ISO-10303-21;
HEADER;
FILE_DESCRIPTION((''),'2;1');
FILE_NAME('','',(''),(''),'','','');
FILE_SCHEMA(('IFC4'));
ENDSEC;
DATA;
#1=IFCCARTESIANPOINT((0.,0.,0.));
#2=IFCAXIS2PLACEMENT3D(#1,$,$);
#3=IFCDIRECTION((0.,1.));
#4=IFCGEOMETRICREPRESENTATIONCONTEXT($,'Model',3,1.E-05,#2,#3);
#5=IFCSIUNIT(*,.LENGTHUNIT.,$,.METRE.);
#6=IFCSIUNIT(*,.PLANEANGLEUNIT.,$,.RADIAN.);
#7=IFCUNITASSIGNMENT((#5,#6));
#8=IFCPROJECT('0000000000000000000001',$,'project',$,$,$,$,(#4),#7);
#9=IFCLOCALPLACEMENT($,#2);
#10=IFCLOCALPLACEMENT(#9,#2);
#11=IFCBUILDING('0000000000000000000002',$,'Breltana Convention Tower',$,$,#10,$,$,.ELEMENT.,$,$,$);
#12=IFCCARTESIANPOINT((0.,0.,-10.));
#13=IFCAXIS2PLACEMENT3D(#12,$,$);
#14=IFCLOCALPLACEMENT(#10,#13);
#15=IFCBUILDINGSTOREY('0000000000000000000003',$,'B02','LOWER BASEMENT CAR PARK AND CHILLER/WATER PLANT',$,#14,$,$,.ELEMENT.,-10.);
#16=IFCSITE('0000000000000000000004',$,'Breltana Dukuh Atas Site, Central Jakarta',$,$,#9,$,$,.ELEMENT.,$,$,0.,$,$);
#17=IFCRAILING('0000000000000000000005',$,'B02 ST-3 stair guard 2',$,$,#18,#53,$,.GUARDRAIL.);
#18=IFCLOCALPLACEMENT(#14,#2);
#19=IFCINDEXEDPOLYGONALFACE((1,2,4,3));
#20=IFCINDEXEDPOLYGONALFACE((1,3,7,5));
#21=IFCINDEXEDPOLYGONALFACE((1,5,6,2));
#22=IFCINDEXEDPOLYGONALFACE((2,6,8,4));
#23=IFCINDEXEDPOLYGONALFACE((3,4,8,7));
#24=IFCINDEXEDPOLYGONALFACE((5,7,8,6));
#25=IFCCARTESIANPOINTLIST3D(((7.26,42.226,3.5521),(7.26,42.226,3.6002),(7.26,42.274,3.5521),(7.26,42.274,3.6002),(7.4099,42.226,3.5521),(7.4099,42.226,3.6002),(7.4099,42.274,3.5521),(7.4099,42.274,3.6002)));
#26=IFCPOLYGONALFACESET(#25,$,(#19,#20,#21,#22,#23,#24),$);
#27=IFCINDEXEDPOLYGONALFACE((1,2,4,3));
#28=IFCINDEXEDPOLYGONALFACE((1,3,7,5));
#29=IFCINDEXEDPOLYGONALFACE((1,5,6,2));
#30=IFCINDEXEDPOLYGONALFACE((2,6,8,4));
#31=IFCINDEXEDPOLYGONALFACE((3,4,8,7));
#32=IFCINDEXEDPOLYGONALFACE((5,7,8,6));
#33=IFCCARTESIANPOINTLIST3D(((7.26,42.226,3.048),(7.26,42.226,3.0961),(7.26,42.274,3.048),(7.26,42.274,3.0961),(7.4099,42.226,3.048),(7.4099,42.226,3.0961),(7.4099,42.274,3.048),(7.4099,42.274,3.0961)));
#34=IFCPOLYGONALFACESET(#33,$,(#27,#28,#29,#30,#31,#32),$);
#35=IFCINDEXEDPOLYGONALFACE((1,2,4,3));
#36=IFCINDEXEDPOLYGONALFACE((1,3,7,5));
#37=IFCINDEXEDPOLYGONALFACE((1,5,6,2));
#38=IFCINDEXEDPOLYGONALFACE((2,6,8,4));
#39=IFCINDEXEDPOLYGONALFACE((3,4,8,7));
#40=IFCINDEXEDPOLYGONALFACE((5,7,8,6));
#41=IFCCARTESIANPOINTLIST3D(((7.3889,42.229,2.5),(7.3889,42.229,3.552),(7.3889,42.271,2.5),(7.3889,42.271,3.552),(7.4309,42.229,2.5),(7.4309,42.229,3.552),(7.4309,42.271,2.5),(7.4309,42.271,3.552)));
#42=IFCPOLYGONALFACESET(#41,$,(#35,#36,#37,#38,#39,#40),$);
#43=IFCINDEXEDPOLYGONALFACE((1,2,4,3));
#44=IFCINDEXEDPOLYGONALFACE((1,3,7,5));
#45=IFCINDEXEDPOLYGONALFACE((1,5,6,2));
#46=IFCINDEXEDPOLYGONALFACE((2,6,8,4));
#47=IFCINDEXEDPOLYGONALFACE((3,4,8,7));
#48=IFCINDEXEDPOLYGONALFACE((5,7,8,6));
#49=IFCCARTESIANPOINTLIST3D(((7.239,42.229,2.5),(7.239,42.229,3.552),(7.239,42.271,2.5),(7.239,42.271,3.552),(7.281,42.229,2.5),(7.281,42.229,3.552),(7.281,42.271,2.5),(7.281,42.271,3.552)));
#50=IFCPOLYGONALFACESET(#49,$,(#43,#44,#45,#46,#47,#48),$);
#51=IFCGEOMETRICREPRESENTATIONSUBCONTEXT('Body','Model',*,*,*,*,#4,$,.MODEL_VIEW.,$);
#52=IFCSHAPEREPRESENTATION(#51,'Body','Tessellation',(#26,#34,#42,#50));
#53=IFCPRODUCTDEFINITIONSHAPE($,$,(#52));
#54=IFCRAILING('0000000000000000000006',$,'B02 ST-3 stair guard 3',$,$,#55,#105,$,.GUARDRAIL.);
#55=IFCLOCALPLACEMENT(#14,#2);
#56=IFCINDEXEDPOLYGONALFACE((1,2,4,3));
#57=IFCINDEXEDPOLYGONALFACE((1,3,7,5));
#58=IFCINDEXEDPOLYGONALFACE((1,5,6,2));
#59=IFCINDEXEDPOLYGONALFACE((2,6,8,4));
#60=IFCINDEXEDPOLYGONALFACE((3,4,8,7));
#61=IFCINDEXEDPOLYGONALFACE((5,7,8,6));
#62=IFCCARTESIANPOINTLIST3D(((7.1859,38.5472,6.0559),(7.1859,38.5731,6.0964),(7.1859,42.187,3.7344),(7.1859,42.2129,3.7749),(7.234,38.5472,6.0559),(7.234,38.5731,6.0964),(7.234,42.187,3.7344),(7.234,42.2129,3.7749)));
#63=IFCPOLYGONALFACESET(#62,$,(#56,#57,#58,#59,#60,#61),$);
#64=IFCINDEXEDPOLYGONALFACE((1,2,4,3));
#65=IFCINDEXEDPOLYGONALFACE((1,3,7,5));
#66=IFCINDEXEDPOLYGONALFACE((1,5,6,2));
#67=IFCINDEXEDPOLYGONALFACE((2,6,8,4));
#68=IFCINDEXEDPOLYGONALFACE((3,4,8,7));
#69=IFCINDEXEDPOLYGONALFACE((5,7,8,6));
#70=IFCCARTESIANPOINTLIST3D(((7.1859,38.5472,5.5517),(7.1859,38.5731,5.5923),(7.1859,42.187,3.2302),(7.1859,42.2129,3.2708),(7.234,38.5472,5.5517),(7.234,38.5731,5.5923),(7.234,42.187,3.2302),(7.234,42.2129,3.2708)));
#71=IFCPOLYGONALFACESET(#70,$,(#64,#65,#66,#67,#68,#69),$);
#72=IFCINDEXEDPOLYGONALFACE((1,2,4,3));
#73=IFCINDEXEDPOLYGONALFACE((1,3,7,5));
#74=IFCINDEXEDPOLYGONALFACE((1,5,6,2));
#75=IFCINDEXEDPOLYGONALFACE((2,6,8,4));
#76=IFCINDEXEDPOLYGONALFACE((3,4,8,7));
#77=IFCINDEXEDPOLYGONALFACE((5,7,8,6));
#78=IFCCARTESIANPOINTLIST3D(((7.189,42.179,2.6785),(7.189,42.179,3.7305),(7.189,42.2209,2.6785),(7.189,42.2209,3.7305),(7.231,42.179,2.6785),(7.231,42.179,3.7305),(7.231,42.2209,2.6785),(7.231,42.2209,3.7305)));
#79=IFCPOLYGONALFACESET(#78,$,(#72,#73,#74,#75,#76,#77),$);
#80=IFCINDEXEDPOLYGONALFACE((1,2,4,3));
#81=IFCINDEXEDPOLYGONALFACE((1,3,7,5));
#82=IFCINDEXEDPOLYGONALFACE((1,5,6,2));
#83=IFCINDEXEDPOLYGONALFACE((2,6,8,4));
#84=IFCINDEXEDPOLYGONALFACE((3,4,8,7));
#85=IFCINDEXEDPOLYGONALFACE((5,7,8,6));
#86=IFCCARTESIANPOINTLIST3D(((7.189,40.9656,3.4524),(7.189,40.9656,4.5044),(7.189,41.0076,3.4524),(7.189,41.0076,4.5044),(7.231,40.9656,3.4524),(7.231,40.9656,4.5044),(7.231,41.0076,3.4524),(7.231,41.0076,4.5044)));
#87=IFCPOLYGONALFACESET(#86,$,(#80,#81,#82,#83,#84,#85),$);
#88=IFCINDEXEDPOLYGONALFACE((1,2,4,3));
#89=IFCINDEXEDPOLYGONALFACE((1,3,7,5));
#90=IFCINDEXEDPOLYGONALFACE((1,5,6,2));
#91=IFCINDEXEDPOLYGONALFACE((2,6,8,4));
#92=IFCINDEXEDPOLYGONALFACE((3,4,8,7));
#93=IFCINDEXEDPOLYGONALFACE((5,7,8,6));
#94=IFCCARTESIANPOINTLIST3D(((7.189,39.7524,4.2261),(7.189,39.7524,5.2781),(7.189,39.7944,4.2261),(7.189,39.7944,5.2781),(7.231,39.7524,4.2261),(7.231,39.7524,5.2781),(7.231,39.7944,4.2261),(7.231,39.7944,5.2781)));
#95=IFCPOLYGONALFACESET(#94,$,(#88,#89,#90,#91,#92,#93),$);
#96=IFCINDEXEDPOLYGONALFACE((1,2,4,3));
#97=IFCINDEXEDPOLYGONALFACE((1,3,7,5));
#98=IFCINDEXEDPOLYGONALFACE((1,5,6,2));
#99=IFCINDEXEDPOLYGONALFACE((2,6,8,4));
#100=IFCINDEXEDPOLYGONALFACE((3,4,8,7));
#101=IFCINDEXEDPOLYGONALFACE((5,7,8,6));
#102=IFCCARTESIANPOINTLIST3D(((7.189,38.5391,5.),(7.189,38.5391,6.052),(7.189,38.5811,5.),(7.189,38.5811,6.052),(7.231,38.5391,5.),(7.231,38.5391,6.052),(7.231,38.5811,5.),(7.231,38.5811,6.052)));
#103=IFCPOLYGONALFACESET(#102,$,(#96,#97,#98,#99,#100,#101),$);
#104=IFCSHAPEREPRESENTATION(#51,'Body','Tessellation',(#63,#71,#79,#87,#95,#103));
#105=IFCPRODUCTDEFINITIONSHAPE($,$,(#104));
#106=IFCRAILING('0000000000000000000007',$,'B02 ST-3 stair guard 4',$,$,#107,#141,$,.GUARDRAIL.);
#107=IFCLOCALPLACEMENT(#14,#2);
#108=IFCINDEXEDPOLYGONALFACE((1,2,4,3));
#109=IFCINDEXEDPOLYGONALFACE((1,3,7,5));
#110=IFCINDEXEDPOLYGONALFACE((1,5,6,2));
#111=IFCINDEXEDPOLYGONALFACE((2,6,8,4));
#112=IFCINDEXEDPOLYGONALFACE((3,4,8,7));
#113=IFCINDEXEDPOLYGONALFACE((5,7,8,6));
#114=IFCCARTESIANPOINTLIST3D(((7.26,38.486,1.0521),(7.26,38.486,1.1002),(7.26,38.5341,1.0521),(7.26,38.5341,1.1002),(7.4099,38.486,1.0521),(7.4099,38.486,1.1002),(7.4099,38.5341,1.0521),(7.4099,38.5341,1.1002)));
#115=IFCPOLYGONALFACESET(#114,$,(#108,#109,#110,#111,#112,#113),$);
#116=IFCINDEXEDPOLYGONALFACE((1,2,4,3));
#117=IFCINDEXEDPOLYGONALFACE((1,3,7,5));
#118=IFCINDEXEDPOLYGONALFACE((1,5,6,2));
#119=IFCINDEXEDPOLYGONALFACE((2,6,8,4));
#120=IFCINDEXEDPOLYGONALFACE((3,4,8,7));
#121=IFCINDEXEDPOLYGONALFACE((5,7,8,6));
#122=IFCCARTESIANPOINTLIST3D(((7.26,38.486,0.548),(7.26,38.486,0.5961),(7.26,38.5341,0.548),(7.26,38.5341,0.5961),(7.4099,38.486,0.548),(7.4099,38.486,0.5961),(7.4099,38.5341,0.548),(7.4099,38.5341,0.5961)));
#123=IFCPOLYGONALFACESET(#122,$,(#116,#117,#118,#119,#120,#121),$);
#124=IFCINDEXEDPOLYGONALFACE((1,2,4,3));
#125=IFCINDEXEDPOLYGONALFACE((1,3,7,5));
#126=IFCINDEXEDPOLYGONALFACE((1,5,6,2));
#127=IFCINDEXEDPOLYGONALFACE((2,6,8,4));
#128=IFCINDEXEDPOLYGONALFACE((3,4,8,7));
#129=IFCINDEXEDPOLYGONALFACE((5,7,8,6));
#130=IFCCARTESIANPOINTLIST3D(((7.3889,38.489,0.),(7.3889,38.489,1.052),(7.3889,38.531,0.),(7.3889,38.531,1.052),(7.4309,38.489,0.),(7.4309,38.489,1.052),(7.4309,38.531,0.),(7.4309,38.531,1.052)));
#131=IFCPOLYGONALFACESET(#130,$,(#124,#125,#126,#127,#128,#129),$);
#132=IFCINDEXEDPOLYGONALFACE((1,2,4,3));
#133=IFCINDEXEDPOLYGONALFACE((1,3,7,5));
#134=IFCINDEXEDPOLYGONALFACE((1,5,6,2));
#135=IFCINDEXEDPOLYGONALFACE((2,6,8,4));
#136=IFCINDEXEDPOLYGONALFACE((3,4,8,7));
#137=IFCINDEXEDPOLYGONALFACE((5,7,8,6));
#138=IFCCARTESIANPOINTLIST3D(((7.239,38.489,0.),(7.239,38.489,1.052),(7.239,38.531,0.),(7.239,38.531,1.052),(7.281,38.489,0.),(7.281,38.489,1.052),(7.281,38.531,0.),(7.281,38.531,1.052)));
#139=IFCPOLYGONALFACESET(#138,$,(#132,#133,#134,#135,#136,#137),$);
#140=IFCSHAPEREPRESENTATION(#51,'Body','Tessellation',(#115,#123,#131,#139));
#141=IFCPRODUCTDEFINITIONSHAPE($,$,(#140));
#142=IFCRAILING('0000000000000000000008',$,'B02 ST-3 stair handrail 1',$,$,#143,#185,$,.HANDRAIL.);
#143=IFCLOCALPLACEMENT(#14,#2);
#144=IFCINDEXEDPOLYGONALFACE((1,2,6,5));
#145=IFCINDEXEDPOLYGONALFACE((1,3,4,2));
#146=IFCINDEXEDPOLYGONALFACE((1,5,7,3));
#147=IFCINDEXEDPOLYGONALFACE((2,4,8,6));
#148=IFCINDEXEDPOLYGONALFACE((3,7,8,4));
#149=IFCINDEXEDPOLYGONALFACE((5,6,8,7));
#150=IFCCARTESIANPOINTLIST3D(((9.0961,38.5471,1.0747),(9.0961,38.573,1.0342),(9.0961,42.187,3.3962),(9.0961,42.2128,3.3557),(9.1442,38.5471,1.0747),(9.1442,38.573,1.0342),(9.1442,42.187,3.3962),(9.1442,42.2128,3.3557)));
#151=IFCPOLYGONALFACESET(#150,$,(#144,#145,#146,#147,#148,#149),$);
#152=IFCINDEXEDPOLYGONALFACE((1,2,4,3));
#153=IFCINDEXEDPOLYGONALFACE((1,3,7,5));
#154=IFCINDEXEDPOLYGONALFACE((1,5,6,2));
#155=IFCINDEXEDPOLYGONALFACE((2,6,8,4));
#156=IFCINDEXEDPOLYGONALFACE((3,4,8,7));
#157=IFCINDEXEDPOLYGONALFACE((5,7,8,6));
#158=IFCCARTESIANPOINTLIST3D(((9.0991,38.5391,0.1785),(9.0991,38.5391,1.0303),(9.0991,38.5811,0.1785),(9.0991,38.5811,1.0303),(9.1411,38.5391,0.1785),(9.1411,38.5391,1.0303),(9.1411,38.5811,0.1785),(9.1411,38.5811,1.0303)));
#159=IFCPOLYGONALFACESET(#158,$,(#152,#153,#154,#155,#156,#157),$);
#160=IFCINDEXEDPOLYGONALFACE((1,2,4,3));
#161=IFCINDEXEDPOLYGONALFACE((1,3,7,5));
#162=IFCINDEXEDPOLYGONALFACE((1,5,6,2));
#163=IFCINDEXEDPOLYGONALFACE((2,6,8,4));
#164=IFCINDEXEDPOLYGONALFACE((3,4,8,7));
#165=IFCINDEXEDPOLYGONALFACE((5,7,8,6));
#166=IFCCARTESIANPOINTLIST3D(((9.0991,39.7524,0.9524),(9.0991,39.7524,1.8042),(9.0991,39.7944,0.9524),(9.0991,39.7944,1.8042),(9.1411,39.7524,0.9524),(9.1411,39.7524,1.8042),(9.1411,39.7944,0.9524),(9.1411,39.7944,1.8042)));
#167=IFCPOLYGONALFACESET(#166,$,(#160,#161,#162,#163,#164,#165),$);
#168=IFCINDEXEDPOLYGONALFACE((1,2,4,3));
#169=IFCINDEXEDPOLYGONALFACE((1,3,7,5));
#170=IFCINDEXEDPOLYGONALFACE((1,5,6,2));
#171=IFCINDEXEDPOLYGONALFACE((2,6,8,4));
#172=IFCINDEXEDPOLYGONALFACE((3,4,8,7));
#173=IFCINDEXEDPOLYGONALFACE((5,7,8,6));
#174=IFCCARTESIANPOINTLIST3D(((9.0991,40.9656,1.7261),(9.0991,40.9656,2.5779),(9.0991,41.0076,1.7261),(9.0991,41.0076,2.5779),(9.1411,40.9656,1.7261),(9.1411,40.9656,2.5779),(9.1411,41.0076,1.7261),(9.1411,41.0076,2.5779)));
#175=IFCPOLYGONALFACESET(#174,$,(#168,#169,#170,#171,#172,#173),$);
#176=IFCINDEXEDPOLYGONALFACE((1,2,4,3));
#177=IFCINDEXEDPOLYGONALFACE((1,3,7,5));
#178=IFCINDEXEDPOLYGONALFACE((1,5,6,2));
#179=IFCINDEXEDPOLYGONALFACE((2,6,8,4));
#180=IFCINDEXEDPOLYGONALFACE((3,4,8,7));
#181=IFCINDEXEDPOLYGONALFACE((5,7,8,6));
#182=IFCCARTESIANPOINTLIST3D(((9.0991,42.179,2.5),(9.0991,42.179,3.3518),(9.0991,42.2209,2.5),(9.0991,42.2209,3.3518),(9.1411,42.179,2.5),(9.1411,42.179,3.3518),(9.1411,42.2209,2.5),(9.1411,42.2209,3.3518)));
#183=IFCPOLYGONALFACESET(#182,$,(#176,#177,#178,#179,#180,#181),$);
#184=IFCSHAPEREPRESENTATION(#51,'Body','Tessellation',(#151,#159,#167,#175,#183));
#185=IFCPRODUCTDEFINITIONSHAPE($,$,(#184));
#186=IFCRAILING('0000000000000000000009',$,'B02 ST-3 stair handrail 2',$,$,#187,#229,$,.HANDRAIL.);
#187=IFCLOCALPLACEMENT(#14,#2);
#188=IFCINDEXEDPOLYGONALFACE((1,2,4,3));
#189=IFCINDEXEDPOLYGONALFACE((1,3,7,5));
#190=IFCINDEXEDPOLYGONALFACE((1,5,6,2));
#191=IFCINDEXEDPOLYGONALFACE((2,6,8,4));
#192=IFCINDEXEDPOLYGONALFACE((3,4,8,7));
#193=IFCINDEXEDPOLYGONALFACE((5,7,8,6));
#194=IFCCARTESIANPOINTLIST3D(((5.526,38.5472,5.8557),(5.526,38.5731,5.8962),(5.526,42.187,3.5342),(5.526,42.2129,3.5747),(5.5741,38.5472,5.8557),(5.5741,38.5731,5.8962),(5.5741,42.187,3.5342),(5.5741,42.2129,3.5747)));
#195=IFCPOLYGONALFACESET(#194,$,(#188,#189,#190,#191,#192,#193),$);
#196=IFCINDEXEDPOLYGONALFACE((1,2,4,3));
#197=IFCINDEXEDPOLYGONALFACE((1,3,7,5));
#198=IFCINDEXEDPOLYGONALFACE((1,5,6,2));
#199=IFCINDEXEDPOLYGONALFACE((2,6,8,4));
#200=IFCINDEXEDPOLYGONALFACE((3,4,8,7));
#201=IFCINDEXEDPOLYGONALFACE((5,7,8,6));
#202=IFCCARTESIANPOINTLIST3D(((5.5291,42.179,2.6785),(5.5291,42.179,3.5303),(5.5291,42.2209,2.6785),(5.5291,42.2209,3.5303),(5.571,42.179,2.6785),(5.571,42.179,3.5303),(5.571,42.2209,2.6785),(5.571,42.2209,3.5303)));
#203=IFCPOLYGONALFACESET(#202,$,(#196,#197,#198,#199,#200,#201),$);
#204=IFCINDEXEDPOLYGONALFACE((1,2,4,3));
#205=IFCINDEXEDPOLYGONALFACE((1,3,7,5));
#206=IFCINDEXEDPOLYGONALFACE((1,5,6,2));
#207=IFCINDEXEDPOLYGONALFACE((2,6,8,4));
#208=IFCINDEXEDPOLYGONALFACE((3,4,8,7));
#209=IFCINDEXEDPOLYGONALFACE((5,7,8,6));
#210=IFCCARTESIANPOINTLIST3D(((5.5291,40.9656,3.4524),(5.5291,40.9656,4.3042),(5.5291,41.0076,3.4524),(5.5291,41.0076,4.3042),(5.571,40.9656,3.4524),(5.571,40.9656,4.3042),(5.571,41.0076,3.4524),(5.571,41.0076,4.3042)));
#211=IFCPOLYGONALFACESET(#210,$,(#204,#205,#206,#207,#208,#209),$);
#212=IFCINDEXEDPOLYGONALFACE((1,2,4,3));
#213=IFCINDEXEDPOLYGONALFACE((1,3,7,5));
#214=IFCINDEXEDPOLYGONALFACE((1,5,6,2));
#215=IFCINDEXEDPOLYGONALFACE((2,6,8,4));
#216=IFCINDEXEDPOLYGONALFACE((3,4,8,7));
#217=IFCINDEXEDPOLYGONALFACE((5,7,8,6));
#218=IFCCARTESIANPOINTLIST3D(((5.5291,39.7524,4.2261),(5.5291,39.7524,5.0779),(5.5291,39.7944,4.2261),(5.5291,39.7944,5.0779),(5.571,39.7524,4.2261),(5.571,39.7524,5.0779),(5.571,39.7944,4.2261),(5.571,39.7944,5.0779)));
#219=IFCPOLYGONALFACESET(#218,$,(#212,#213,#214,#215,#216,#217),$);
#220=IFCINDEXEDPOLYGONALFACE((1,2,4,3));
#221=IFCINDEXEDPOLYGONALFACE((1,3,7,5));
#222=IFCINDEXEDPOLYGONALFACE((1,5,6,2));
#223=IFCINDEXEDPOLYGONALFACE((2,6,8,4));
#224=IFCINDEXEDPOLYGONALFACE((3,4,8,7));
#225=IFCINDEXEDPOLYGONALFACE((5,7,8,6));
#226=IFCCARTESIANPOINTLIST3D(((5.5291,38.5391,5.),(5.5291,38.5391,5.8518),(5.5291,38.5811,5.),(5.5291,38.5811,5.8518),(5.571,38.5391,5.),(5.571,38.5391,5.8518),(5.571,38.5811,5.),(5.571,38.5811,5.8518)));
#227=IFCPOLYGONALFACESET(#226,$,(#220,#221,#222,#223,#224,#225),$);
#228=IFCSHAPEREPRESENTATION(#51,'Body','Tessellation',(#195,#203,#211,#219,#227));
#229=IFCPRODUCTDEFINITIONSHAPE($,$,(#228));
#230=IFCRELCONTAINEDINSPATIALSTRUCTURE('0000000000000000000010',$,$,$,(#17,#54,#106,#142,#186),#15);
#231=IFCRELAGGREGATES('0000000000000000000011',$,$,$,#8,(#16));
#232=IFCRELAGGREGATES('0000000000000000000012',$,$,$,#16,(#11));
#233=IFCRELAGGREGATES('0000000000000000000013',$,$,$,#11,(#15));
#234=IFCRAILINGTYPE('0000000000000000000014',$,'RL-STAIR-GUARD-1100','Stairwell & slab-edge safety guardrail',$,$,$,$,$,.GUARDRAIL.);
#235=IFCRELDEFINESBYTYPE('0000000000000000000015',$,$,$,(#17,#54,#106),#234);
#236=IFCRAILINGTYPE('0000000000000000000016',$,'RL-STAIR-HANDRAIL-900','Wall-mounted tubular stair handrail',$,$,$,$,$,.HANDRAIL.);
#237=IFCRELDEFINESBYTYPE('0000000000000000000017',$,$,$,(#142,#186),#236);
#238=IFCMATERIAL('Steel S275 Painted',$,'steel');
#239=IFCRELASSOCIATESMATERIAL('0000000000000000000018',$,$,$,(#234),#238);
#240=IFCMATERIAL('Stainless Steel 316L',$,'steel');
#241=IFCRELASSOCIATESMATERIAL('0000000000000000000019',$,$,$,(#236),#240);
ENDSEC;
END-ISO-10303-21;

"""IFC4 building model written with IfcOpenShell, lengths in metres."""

from ifc_helpers import new_model, si_unit, direction, frame, origin, origin_2d, place, context, subcontext, project, spatial, rectangle, extrude, material, type_object, element, save


model = new_model("IFC4")

# Units and contexts
model_context = context("Model", 3, precision=1e-05, world=origin(), true_north=direction((0.0, 1.0)))
body_context = subcontext(model_context, "Body", "Model", "MODEL_VIEW")
ifc_project = project(units=[si_unit("LENGTHUNIT", "METRE"), si_unit("PLANEANGLEUNIT", "RADIAN")], contexts=[model_context])

# Site, building, storey
site_placement = place(None, origin())
site = spatial("IfcSite", under=ifc_project, at=site_placement, Name="Breltana Dukuh Atas Site, Central Jakarta", CompositionType="ELEMENT", RefElevation=0.0)
building_placement = place(site_placement, origin())
building = spatial("IfcBuilding", under=site, at=building_placement, Name="Breltana Convention Tower", CompositionType="ELEMENT")
storey_placement = place(building_placement, frame((0.0, 0.0, -10.0)))
storey = spatial("IfcBuildingStorey", under=building, at=storey_placement, Name="B02", Description="LOWER BASEMENT CAR PARK AND CHILLER/WATER PLANT", CompositionType="ELEMENT", Elevation=-10.0)

# Railings
ifc_material_1 = material(Name="Steel S275 Painted", Category="steel")
railing_type_1 = type_object("IfcRailingType", Name="RL-STAIR-GUARD-1100", Description="Stairwell & slab-edge safety guardrail", PredefinedType="GUARDRAIL", material=ifc_material_1)
railing_1_placement = place(storey_placement, frame((7.4099, 42.25, 2.5)))
element("IfcRailing", 1, at=railing_1_placement, inside=storey, type_object=railing_type_1, Name="B02 ST-3 stair guard 2", PredefinedType="GUARDRAIL", context=body_context, shape_type="SweptSolid", body=[
    extrude(rectangle(XDim=0.0481, YDim=0.0481, at=origin_2d()), frame((0.0, 0.0, 1.0762), z_axis=(-1.0, 0.0, 0.0), x_axis=(0.0, -1.0, 0.0)), (0.0, 0.0, 1.0), 0.1499),
    extrude(rectangle(XDim=0.0481, YDim=0.0481, at=origin_2d()), frame((0.0, 0.0, 0.572), z_axis=(-1.0, 0.0, 0.0), x_axis=(0.0, -1.0, 0.0)), (0.0, 0.0, 1.0), 0.1499),
    extrude(rectangle(XDim=0.042, YDim=0.042, at=origin_2d()), origin(), (0.0, 0.0, 1.0), 1.052),
    extrude(rectangle(XDim=0.042, YDim=0.042, at=origin_2d()), frame((-0.1499, 0.0, 0.0)), (0.0, 0.0, 1.0), 1.052),
])
railing_2_placement = place(storey_placement, frame((7.21, 42.2, 2.6785)))
element("IfcRailing", 2, at=railing_2_placement, inside=storey, type_object=railing_type_1, Name="B02 ST-3 stair guard 3", PredefinedType="GUARDRAIL", context=body_context, shape_type="SweptSolid", body=[
    extrude(rectangle(XDim=0.0481, YDim=0.0481, at=origin_2d()), frame((0.0, 0.0, 1.0762), z_axis=(0.0, -0.843112, 0.537739), x_axis=(1.0, 0.0, 0.0)), (0.0, 0.0, 1.0), 4.3171),
    extrude(rectangle(XDim=0.0481, YDim=0.0481, at=origin_2d()), frame((0.0, 0.0, 0.572), z_axis=(0.0, -0.843112, 0.537739), x_axis=(1.0, 0.0, 0.0)), (0.0, 0.0, 1.0), 4.3171),
    extrude(rectangle(XDim=0.042, YDim=0.042, at=origin_2d()), origin(), (0.0, 0.0, 1.0), 1.052),
    extrude(rectangle(XDim=0.042, YDim=0.042, at=origin_2d()), frame((0.0, -1.2134, 0.7739)), (0.0, 0.0, 1.0), 1.052),
    extrude(rectangle(XDim=0.042, YDim=0.042, at=origin_2d()), frame((0.0, -2.4265, 1.5476)), (0.0, 0.0, 1.0), 1.052),
    extrude(rectangle(XDim=0.042, YDim=0.042, at=origin_2d()), frame((0.0, -3.6399, 2.3215)), (0.0, 0.0, 1.0), 1.052),
])
railing_3_placement = place(storey_placement, frame((7.4099, 38.51, 0.0)))
element("IfcRailing", 3, at=railing_3_placement, inside=storey, type_object=railing_type_1, Name="B02 ST-3 stair guard 4", PredefinedType="GUARDRAIL", context=body_context, shape_type="SweptSolid", body=[
    extrude(rectangle(XDim=0.0481, YDim=0.0481, at=origin_2d()), frame((0.0, 0.0, 1.0762), z_axis=(-1.0, 0.0, 0.0), x_axis=(0.0, -1.0, 0.0)), (0.0, 0.0, 1.0), 0.1499),
    extrude(rectangle(XDim=0.0481, YDim=0.0481, at=origin_2d()), frame((0.0, 0.0, 0.572), z_axis=(-1.0, 0.0, 0.0), x_axis=(0.0, -1.0, 0.0)), (0.0, 0.0, 1.0), 0.1499),
    extrude(rectangle(XDim=0.042, YDim=0.042, at=origin_2d()), origin(), (0.0, 0.0, 1.0), 1.052),
    extrude(rectangle(XDim=0.042, YDim=0.042, at=origin_2d()), frame((-0.1499, 0.0, 0.0)), (0.0, 0.0, 1.0), 1.052),
])
ifc_material_2 = material(Name="Stainless Steel 316L", Category="steel")
railing_type_2 = type_object("IfcRailingType", Name="RL-STAIR-HANDRAIL-900", Description="Wall-mounted tubular stair handrail", PredefinedType="HANDRAIL", material=ifc_material_2)
railing_4_placement = place(storey_placement, frame((9.1201, 38.5601, 0.1785)))
element("IfcRailing", 4, at=railing_4_placement, inside=storey, type_object=railing_type_2, Name="B02 ST-3 stair handrail 1", PredefinedType="HANDRAIL", context=body_context, shape_type="SweptSolid", body=[
    extrude(rectangle(XDim=0.0481, YDim=0.0481, at=origin_2d()), frame((0.0, 0.0, 0.876), z_axis=(0.0, 0.843112, 0.537739), x_axis=(-1.0, 0.0, 0.0)), (0.0, 0.0, 1.0), 4.3171),
    extrude(rectangle(XDim=0.042, YDim=0.042, at=origin_2d()), origin(), (0.0, 0.0, 1.0), 0.8518),
    extrude(rectangle(XDim=0.042, YDim=0.042, at=origin_2d()), frame((0.0, 1.2134, 0.7739)), (0.0, 0.0, 1.0), 0.8518),
    extrude(rectangle(XDim=0.042, YDim=0.042, at=origin_2d()), frame((0.0, 2.4265, 1.5476)), (0.0, 0.0, 1.0), 0.8518),
    extrude(rectangle(XDim=0.042, YDim=0.042, at=origin_2d()), frame((0.0, 3.6399, 2.3215)), (0.0, 0.0, 1.0), 0.8518),
])
railing_5_placement = place(storey_placement, frame((5.55, 42.2, 2.6785)))
element("IfcRailing", 5, at=railing_5_placement, inside=storey, type_object=railing_type_2, Name="B02 ST-3 stair handrail 2", PredefinedType="HANDRAIL", context=body_context, shape_type="SweptSolid", body=[
    extrude(rectangle(XDim=0.0481, YDim=0.0481, at=origin_2d()), frame((0.0, 0.0, 0.876), z_axis=(0.0, -0.843112, 0.537739), x_axis=(1.0, 0.0, 0.0)), (0.0, 0.0, 1.0), 4.3171),
    extrude(rectangle(XDim=0.042, YDim=0.042, at=origin_2d()), origin(), (0.0, 0.0, 1.0), 0.8518),
    extrude(rectangle(XDim=0.042, YDim=0.042, at=origin_2d()), frame((0.0, -1.2134, 0.7739)), (0.0, 0.0, 1.0), 0.8518),
    extrude(rectangle(XDim=0.042, YDim=0.042, at=origin_2d()), frame((0.0, -2.4265, 1.5476)), (0.0, 0.0, 1.0), 0.8518),
    extrude(rectangle(XDim=0.042, YDim=0.042, at=origin_2d()), frame((0.0, -3.6399, 2.3215)), (0.0, 0.0, 1.0), 0.8518),
])

save(model, "model.ifc")
